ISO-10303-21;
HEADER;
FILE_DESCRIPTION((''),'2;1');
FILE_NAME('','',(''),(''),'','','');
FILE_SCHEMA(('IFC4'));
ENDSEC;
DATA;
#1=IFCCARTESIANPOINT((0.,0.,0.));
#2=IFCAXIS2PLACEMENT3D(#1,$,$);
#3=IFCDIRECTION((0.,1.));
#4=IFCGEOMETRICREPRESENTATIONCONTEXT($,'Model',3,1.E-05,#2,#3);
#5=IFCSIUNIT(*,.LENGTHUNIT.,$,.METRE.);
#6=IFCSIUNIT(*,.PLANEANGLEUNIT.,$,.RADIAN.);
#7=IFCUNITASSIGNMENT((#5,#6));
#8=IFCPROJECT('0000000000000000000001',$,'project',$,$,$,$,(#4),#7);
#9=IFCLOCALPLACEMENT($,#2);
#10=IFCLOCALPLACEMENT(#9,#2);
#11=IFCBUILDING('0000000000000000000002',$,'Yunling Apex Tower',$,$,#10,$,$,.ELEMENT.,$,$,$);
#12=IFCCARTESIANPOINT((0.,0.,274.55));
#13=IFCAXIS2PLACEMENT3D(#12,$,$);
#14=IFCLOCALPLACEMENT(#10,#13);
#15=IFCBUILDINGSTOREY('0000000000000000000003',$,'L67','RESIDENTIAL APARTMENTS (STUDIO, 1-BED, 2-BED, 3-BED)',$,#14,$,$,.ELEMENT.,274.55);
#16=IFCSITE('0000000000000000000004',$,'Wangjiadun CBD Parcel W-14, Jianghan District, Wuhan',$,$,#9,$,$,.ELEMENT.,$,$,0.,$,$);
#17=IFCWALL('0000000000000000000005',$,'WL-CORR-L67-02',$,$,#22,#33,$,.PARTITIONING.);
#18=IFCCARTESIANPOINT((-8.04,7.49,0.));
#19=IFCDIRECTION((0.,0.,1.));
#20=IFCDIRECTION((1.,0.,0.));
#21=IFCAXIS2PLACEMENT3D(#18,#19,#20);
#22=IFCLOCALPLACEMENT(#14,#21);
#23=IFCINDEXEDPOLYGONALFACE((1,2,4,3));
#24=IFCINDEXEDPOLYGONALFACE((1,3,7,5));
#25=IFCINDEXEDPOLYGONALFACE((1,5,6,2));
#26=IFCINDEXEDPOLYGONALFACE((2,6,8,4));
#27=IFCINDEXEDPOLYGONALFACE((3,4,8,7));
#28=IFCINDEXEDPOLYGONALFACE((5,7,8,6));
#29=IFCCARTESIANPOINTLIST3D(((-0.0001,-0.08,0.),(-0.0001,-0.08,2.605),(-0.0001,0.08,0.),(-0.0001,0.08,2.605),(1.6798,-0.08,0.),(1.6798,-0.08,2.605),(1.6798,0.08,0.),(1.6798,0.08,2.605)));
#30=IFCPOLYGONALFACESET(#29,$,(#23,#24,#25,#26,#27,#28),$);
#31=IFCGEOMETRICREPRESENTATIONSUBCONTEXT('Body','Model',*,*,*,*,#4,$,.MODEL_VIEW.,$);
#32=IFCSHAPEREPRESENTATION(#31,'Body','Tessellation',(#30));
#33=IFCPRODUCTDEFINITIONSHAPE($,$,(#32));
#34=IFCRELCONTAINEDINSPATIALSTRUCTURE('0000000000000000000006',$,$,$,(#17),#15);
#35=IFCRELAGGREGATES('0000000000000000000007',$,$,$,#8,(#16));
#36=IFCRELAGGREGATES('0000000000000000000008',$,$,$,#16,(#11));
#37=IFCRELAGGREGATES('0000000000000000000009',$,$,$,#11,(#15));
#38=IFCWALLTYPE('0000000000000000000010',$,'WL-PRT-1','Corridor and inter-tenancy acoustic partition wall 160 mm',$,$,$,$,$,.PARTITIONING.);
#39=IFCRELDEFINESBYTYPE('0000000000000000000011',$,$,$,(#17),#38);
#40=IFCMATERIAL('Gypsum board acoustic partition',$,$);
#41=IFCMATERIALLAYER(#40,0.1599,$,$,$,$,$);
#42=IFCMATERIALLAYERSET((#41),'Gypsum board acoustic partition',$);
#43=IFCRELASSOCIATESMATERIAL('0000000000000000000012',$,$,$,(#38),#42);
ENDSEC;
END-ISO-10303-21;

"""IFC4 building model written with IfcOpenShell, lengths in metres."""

from ifc_helpers import new_model, si_unit, direction, frame, frame_2d, origin, place, context, subcontext, project, spatial, rectangle, extrude, material, layer, layer_set, type_object, element, save


model = new_model("IFC4")

# Units and contexts
model_context = context("Model", 3, precision=1e-05, world=origin(), true_north=direction((0.0, 1.0)))
body_context = subcontext(model_context, "Body", "Model", "MODEL_VIEW")
ifc_project = project(units=[si_unit("LENGTHUNIT", "METRE"), si_unit("PLANEANGLEUNIT", "RADIAN")], contexts=[model_context])

# Site, building, storey
site_placement = place(None, origin())
site = spatial("IfcSite", under=ifc_project, at=site_placement, Name="Wangjiadun CBD Parcel W-14, Jianghan District, Wuhan", CompositionType="ELEMENT", RefElevation=0.0)
building_placement = place(site_placement, origin())
building = spatial("IfcBuilding", under=site, at=building_placement, Name="Yunling Apex Tower", CompositionType="ELEMENT")
storey_placement = place(building_placement, frame((0.0, 0.0, 274.55)))
storey = spatial("IfcBuildingStorey", under=building, at=storey_placement, Name="L67", Description="RESIDENTIAL APARTMENTS (STUDIO, 1-BED, 2-BED, 3-BED)", CompositionType="ELEMENT", Elevation=274.55)

# Wall
ifc_material_1 = material(Name="Gypsum board acoustic partition")
ifc_layer_1 = layer(ifc_material_1, 0.1599)
ifc_layer_set_1 = layer_set([ifc_layer_1], Name="Gypsum board acoustic partition")
wall_type_1 = type_object("IfcWallType", Name="WL-PRT-1", Description="Corridor and inter-tenancy acoustic partition wall 160 mm", PredefinedType="PARTITIONING", material=ifc_layer_set_1)
wall_1_placement = place(storey_placement, frame((-8.04, 7.49, 0.0), z_axis=(0.0, 0.0, 1.0), x_axis=(1.0, 0.0, 0.0)))
element("IfcWall", 1, at=wall_1_placement, inside=storey, type_object=wall_type_1, Name="WL-CORR-L67-02", PredefinedType="PARTITIONING", context=body_context, shape_type="SweptSolid", body=[
    extrude(rectangle(XDim=1.6799, YDim=0.1599, at=frame_2d((0.8398, 0.0))), origin(), (0.0, 0.0, 1.0), 2.605),
])

save(model, "model.ifc")
